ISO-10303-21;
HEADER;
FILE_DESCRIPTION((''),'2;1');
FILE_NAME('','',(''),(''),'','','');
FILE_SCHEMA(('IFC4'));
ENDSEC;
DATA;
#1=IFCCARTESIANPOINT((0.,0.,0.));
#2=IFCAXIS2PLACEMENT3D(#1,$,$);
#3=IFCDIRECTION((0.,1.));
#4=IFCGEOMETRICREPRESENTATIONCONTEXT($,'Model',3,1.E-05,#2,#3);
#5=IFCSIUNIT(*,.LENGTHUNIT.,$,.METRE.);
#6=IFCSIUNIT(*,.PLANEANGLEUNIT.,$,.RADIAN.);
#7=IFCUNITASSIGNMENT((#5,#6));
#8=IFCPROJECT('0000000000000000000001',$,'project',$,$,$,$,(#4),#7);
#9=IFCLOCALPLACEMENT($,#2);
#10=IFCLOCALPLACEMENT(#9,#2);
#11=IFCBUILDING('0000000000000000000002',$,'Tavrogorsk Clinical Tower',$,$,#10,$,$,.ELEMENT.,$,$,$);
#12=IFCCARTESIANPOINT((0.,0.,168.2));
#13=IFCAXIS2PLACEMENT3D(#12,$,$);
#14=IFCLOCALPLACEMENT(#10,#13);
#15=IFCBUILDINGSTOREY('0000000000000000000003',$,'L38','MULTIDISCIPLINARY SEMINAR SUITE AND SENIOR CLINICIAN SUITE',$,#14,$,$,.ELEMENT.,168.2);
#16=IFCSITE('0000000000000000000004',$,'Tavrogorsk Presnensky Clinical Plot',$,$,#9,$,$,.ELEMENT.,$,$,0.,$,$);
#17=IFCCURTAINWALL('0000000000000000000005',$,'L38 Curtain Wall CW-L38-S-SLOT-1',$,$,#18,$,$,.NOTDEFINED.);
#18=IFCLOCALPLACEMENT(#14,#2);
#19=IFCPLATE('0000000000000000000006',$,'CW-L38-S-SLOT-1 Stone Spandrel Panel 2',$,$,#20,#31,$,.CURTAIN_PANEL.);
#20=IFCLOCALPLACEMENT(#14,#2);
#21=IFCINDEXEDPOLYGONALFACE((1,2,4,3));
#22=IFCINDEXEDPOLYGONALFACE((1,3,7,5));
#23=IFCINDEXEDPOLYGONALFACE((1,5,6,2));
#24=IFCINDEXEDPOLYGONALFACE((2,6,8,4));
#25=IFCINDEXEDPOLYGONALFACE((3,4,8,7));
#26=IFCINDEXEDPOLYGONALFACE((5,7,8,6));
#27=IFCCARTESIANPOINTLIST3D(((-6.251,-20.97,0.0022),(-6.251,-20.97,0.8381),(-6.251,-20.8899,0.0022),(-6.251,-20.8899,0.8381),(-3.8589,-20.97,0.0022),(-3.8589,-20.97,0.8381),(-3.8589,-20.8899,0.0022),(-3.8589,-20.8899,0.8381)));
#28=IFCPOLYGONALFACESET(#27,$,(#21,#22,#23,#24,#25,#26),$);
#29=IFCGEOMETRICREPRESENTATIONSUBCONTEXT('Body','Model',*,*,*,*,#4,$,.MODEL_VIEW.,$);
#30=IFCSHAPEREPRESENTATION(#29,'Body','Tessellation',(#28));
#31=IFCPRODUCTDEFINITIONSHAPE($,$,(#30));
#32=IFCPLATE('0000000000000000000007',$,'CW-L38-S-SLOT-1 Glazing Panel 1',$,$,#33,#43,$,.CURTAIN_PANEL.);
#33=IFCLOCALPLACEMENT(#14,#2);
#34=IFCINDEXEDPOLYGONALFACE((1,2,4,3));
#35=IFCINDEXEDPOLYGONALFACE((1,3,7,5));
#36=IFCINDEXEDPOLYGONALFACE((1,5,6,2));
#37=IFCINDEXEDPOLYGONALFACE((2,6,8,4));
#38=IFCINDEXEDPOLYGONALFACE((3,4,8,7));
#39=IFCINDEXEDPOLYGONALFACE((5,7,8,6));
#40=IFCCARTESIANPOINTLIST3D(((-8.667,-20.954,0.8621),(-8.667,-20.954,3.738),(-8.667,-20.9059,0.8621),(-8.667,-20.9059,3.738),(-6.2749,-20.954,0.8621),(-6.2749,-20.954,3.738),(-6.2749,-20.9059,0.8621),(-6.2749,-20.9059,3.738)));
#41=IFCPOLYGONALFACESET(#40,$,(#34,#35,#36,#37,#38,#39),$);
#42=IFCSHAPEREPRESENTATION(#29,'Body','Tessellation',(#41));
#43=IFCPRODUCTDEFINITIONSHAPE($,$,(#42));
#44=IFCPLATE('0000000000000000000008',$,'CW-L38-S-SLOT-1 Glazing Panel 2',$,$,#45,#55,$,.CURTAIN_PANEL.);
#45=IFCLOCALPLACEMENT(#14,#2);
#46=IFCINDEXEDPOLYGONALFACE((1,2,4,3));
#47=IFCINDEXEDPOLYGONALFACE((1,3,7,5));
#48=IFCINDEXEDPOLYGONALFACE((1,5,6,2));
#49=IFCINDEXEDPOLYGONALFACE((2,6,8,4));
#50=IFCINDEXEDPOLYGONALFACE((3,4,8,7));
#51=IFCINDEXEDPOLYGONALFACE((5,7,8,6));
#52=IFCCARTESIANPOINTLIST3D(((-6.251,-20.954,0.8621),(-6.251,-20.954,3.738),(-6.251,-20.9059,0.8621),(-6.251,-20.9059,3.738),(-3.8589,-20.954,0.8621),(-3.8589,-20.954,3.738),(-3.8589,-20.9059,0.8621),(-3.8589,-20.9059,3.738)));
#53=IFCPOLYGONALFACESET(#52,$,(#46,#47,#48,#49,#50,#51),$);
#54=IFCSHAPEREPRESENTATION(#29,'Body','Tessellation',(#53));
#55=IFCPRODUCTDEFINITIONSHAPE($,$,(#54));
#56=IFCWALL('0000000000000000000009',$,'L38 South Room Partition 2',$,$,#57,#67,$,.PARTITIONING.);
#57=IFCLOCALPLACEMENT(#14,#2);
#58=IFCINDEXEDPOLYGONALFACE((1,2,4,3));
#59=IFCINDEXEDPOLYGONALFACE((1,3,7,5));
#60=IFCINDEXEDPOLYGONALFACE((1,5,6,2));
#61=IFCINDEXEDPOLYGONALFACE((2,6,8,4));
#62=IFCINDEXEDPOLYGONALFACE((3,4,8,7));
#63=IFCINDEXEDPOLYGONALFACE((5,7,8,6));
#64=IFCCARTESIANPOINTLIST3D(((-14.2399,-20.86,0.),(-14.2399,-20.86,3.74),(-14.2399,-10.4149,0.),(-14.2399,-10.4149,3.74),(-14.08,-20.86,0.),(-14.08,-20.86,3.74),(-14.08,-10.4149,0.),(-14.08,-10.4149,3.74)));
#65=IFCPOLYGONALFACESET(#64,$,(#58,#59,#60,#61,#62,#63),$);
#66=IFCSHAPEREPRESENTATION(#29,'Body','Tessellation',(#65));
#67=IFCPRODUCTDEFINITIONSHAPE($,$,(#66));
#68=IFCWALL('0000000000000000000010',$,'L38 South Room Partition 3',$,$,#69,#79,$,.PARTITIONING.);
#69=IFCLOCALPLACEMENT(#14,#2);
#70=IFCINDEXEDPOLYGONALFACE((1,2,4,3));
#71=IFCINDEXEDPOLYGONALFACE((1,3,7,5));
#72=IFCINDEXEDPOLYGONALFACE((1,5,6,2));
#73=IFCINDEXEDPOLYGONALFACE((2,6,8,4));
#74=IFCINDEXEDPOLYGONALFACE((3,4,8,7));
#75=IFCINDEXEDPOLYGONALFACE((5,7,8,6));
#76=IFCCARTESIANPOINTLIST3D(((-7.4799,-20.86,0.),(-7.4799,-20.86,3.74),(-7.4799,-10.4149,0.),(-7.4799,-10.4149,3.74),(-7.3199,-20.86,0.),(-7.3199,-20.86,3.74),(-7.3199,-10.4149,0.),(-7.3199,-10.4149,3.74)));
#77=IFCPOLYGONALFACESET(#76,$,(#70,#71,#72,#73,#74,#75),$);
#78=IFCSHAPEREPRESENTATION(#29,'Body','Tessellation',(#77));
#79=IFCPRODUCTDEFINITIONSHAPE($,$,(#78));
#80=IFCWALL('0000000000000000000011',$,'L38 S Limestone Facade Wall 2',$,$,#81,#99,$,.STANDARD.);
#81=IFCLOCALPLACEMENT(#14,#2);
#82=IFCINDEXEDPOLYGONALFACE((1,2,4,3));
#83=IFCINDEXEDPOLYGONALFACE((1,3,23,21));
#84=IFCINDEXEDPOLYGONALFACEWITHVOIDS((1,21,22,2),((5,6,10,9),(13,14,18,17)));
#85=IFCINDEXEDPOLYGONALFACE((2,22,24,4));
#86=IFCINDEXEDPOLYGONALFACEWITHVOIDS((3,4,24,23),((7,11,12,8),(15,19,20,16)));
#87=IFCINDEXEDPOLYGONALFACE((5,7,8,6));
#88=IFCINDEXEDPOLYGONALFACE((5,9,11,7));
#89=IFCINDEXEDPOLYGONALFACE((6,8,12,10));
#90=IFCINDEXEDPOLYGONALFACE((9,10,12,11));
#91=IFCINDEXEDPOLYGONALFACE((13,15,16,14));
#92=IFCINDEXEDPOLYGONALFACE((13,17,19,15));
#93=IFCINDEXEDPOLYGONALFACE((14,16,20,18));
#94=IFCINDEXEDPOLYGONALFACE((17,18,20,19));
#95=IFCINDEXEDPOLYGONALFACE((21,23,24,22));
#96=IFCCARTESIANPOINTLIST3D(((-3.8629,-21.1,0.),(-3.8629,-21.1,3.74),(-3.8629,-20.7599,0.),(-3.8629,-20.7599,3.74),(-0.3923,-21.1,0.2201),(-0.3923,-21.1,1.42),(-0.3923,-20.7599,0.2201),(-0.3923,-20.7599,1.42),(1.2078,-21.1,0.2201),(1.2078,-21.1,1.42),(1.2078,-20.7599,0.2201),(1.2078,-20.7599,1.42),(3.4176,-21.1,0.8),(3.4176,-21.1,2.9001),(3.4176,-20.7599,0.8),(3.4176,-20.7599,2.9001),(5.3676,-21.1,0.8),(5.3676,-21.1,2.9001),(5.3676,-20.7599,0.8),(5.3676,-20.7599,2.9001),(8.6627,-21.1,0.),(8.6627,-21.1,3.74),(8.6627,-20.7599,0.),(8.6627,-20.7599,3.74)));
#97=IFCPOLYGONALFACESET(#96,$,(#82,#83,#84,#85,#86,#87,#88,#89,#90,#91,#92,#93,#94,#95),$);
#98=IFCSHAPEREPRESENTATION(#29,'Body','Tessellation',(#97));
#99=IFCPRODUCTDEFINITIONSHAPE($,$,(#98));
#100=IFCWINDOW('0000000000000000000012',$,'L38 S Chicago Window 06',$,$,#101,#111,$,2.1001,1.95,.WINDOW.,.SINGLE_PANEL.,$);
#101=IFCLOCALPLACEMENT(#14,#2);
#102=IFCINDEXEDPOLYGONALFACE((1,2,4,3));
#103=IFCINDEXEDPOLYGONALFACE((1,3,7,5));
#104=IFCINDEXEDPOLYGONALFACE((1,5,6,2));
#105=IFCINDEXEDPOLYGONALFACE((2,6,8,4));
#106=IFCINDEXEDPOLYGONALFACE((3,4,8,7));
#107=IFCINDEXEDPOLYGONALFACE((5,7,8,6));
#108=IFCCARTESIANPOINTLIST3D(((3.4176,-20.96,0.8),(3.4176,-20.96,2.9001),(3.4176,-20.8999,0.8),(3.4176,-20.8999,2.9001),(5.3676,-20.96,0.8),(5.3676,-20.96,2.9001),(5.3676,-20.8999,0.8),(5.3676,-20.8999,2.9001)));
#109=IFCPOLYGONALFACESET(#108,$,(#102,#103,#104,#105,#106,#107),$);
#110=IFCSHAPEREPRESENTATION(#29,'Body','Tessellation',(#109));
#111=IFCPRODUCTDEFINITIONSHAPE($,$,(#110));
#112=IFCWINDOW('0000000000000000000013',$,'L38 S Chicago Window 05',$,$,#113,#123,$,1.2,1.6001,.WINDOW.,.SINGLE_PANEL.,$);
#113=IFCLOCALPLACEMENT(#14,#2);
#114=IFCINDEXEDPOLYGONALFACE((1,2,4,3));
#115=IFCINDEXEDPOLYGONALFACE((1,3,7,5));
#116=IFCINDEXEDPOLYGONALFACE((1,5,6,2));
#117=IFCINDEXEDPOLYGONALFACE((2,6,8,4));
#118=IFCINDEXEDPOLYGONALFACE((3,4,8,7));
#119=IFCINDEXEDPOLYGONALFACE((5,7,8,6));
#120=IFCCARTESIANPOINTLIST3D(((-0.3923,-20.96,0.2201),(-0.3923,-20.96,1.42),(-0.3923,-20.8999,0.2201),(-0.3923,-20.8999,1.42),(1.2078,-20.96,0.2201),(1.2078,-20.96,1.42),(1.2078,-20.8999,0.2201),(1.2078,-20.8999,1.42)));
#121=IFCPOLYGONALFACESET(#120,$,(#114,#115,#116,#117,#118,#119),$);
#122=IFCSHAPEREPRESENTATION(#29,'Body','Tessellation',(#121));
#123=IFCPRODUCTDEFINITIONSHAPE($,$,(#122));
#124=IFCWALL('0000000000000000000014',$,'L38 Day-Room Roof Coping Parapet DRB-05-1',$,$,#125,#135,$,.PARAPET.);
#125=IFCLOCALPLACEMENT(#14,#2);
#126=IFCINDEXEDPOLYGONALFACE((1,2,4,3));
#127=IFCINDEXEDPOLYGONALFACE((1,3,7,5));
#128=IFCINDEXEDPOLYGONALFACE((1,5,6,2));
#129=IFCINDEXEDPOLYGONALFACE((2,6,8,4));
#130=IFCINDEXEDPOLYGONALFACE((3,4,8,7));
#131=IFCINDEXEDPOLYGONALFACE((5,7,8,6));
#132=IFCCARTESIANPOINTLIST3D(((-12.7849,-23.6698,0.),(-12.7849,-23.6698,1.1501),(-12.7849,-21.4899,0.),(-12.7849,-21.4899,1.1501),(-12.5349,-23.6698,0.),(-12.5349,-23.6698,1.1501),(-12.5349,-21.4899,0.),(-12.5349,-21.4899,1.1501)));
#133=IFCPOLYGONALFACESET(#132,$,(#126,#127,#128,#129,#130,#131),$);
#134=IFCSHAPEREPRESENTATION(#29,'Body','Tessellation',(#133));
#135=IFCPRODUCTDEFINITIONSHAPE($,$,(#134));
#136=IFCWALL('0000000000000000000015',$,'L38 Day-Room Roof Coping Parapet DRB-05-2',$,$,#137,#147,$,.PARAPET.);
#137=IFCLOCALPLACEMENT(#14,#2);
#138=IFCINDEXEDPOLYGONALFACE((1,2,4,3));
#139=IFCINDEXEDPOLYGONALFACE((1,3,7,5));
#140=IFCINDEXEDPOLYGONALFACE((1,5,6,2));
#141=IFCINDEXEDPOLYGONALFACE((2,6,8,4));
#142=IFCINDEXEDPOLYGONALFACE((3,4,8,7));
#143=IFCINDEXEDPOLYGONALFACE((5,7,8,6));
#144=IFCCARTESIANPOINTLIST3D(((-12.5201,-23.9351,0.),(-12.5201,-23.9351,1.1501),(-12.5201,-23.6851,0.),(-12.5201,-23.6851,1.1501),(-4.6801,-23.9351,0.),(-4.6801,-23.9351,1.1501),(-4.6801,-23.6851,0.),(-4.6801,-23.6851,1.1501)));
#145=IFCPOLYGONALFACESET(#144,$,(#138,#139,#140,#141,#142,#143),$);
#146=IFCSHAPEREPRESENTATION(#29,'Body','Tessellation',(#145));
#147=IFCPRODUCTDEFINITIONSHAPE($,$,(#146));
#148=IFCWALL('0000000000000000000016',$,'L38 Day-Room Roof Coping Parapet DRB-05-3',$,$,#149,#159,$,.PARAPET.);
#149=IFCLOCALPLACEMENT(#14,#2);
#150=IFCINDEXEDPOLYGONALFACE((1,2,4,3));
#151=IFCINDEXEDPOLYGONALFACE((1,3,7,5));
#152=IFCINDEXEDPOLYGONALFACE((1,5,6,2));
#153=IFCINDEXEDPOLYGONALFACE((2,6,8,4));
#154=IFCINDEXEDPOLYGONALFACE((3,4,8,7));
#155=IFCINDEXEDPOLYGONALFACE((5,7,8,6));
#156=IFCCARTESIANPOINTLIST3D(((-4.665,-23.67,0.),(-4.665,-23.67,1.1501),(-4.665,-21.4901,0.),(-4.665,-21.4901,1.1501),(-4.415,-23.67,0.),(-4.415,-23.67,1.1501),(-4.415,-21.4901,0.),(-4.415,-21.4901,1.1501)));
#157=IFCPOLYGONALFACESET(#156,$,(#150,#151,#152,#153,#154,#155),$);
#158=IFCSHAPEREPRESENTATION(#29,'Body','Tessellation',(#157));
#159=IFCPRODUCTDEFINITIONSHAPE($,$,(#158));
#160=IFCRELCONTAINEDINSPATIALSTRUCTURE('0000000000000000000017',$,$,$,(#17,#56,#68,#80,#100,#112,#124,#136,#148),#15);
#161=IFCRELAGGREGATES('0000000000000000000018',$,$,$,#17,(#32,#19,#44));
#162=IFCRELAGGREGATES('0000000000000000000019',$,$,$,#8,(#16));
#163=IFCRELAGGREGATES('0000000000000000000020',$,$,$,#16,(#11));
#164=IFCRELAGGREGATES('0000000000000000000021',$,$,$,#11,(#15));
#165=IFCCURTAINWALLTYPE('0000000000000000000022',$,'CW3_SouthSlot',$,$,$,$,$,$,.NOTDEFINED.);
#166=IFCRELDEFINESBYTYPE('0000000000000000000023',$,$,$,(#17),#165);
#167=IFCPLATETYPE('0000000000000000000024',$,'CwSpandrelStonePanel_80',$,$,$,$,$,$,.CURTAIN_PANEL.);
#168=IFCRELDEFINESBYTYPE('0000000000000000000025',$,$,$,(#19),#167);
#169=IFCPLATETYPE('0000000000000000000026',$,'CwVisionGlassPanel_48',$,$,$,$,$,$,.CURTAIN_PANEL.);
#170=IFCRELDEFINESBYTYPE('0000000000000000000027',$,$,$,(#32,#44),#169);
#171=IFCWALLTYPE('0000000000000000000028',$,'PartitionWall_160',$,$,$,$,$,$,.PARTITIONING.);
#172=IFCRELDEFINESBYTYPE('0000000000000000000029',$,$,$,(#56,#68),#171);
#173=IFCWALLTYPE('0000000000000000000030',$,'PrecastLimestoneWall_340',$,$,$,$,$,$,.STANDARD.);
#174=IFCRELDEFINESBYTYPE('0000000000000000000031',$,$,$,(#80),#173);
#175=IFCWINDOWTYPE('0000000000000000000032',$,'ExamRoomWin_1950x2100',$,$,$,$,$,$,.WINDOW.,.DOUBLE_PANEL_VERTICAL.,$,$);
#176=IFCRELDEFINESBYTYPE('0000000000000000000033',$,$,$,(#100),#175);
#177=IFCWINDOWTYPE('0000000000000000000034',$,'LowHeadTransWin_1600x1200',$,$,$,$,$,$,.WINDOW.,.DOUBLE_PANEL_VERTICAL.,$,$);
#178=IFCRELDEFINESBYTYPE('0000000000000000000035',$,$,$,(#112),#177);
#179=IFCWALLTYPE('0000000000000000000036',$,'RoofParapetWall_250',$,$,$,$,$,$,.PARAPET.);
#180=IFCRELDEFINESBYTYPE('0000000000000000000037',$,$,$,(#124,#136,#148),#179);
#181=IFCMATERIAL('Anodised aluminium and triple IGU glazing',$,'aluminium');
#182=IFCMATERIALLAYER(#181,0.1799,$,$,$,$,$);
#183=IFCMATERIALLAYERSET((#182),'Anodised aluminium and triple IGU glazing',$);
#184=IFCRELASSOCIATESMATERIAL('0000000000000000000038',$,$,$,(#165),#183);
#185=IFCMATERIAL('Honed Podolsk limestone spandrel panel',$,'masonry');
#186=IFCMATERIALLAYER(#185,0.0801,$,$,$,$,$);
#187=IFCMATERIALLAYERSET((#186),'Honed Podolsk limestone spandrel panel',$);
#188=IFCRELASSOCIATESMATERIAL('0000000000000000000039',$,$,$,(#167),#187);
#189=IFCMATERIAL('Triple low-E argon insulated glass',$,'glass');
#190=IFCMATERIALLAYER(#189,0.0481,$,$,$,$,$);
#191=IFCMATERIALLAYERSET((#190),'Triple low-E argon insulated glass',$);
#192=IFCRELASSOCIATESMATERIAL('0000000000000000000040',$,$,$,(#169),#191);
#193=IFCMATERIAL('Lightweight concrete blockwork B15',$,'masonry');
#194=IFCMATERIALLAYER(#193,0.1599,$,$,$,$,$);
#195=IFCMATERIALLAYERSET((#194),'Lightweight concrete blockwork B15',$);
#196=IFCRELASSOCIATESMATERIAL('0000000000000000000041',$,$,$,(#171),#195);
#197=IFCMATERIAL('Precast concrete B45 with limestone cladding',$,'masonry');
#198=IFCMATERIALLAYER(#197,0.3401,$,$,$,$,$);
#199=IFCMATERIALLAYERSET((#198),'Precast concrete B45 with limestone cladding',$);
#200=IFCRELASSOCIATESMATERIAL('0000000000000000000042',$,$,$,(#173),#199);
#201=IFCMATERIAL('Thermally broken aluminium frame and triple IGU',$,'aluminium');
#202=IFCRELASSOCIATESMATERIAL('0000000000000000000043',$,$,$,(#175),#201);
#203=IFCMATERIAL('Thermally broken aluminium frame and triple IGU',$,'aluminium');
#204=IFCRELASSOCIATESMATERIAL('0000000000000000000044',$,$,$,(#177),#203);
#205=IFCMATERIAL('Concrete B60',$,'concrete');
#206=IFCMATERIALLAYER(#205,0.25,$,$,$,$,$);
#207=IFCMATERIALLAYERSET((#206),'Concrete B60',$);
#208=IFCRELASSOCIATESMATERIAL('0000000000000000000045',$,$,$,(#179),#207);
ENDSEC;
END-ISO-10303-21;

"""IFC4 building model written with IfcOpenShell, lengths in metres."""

from ifc_helpers import new_model, si_unit, direction, frame, frame_2d, origin, origin_2d, place, context, subcontext, project, spatial, rectangle, extrude, material, layer, layer_set, type_object, element, fill, aggregate, save


model = new_model("IFC4")

# Units and contexts
model_context = context("Model", 3, precision=1e-05, world=origin(), true_north=direction((0.0, 1.0)))
body_context = subcontext(model_context, "Body", "Model", "MODEL_VIEW")
ifc_project = project(units=[si_unit("LENGTHUNIT", "METRE"), si_unit("PLANEANGLEUNIT", "RADIAN")], contexts=[model_context])

# Site, building, storey
site_placement = place(None, origin())
site = spatial("IfcSite", under=ifc_project, at=site_placement, Name="Tavrogorsk Presnensky Clinical Plot", CompositionType="ELEMENT", RefElevation=0.0)
building_placement = place(site_placement, origin())
building = spatial("IfcBuilding", under=site, at=building_placement, Name="Tavrogorsk Clinical Tower", CompositionType="ELEMENT")
storey_placement = place(building_placement, frame((0.0, 0.0, 168.2)))
storey = spatial("IfcBuildingStorey", under=building, at=storey_placement, Name="L38", Description="MULTIDISCIPLINARY SEMINAR SUITE AND SENIOR CLINICIAN SUITE", CompositionType="ELEMENT", Elevation=168.2)

# Curtain wall
ifc_material_1 = material(Name="Anodised aluminium and triple IGU glazing", Category="aluminium")
ifc_layer_1 = layer(ifc_material_1, 0.1799)
ifc_layer_set_1 = layer_set([ifc_layer_1], Name="Anodised aluminium and triple IGU glazing")
curtain_wall_type = type_object("IfcCurtainWallType", Name="CW3_SouthSlot", PredefinedType="NOTDEFINED", material=ifc_layer_set_1)
curtain_wall_placement = place(storey_placement, origin())
curtain_wall = element("IfcCurtainWall", 1, at=curtain_wall_placement, inside=storey, type_object=curtain_wall_type, Name="L38 Curtain Wall CW-L38-S-SLOT-1", PredefinedType="NOTDEFINED")

# Plates
ifc_material_2 = material(Name="Honed Podolsk limestone spandrel panel", Category="masonry")
ifc_layer_2 = layer(ifc_material_2, 0.0801)
ifc_layer_set_2 = layer_set([ifc_layer_2], Name="Honed Podolsk limestone spandrel panel")
plate_type_1 = type_object("IfcPlateType", Name="CwSpandrelStonePanel_80", PredefinedType="CURTAIN_PANEL", material=ifc_layer_set_2)
plate_1_placement = place(storey_placement, frame((-5.0549, -20.9299, 0.0022), z_axis=(0.0, 0.0, 1.0), x_axis=(1.0, 0.0, 0.0)))
plate_1 = element("IfcPlate", 2, at=plate_1_placement, type_object=plate_type_1, Name="CW-L38-S-SLOT-1 Stone Spandrel Panel 2", PredefinedType="CURTAIN_PANEL", context=body_context, shape_type="SweptSolid", body=[
    extrude(rectangle(XDim=2.3921, YDim=0.0801, at=origin_2d()), origin(), (0.0, 0.0, 1.0), 0.8359),
])
ifc_material_3 = material(Name="Triple low-E argon insulated glass", Category="glass")
ifc_layer_3 = layer(ifc_material_3, 0.0481)
ifc_layer_set_3 = layer_set([ifc_layer_3], Name="Triple low-E argon insulated glass")
plate_type_2 = type_object("IfcPlateType", Name="CwVisionGlassPanel_48", PredefinedType="CURTAIN_PANEL", material=ifc_layer_set_3)
plate_2_placement = place(storey_placement, frame((-7.4709, -20.9299, 0.8621), z_axis=(0.0, 0.0, 1.0), x_axis=(1.0, 0.0, 0.0)))
plate_2 = element("IfcPlate", 3, at=plate_2_placement, type_object=plate_type_2, Name="CW-L38-S-SLOT-1 Glazing Panel 1", PredefinedType="CURTAIN_PANEL", context=body_context, shape_type="SweptSolid", body=[
    extrude(rectangle(XDim=2.3921, YDim=0.0481, at=origin_2d()), origin(), (0.0, 0.0, 1.0), 2.876),
])
plate_3_placement = place(storey_placement, frame((-5.0549, -20.9299, 0.8621), z_axis=(0.0, 0.0, 1.0), x_axis=(1.0, 0.0, 0.0)))
plate_3 = element("IfcPlate", 4, at=plate_3_placement, type_object=plate_type_2, Name="CW-L38-S-SLOT-1 Glazing Panel 2", PredefinedType="CURTAIN_PANEL", context=body_context, shape_type="SweptSolid", body=[
    extrude(rectangle(XDim=2.3921, YDim=0.0481, at=origin_2d()), origin(), (0.0, 0.0, 1.0), 2.876),
])
aggregate(curtain_wall, [plate_2, plate_1, plate_3])

# Walls
ifc_material_4 = material(Name="Lightweight concrete blockwork B15", Category="masonry")
ifc_layer_4 = layer(ifc_material_4, 0.1599)
ifc_layer_set_4 = layer_set([ifc_layer_4], Name="Lightweight concrete blockwork B15")
wall_type_1 = type_object("IfcWallType", Name="PartitionWall_160", PredefinedType="PARTITIONING", material=ifc_layer_set_4)
for number, where, z_axis, x_axis, name in (
    (5, (-14.1599, -20.8601, 0.0), (0.0, 0.0, 1.0), (0.0, 1.0, 0.0), "L38 South Room Partition 2"),
    (6, (-7.3999, -20.8601, 0.0), (0.0, 0.0, 1.0), (0.0, 1.0, 0.0), "L38 South Room Partition 3"),
):
    element("IfcWall", number, at=place(storey_placement, frame(where, z_axis=z_axis, x_axis=x_axis)), inside=storey, type_object=wall_type_1, Name=name, PredefinedType="PARTITIONING", context=body_context, shape_type="SweptSolid", body=[
        extrude(rectangle(XDim=10.4451, YDim=0.1599, at=frame_2d((5.2227, 0.0))), origin(), (0.0, 0.0, 1.0), 3.74),
    ])

# Wall, openings, windows
ifc_material_5 = material(Name="Precast concrete B45 with limestone cladding", Category="masonry")
ifc_layer_5 = layer(ifc_material_5, 0.3401)
ifc_layer_set_5 = layer_set([ifc_layer_5], Name="Precast concrete B45 with limestone cladding")
wall_type_2 = type_object("IfcWallType", Name="PrecastLimestoneWall_340", PredefinedType="STANDARD", material=ifc_layer_set_5)
wall_1_placement = place(storey_placement, frame((-3.8628, -20.9299, 0.0), z_axis=(0.0, 0.0, 1.0), x_axis=(1.0, 0.0, 0.0)))
wall_1 = element("IfcWall", 7, at=wall_1_placement, inside=storey, type_object=wall_type_2, Name="L38 S Limestone Facade Wall 2", PredefinedType="STANDARD", context=body_context, shape_type="SweptSolid", body=[
    extrude(rectangle(XDim=12.5256, YDim=0.3401, at=frame_2d((6.2627, 0.0))), origin(), (0.0, 0.0, 1.0), 3.74),
])
opening_1_placement = place(wall_1_placement, frame((3.4705, 0.0, 0.22)))
opening_1 = element("IfcOpeningElement", 8, at=opening_1_placement, cuts=wall_1, PredefinedType="OPENING", context=body_context, shape_type="SweptSolid", body=[
    extrude(rectangle(XDim=1.6001, YDim=1.2, at=frame_2d((0.8, 0.6001))), frame((0.0, 0.1799, 0.0), z_axis=(0.0, -1.0, 0.0), x_axis=(1.0, 0.0, 0.0)), (0.0, 0.0, 1.0), 0.3601),
])
opening_2_placement = place(wall_1_placement, frame((7.2803, 0.0, 0.8)))
opening_2 = element("IfcOpeningElement", 9, at=opening_2_placement, cuts=wall_1, PredefinedType="OPENING", context=body_context, shape_type="SweptSolid", body=[
    extrude(rectangle(XDim=1.95, YDim=2.1001, at=frame_2d((0.9751, 1.05))), frame((0.0, 0.1799, 0.0), z_axis=(0.0, -1.0, 0.0), x_axis=(1.0, 0.0, 0.0)), (0.0, 0.0, 1.0), 0.3601),
])
ifc_material_6 = material(Name="Thermally broken aluminium frame and triple IGU", Category="aluminium")
window_type_1 = type_object("IfcWindowType", Name="ExamRoomWin_1950x2100", PartitioningType="DOUBLE_PANEL_VERTICAL", PredefinedType="WINDOW", material=ifc_material_6)
window_1_placement = place(opening_2_placement, origin())
window_1 = element("IfcWindow", 10, at=window_1_placement, inside=storey, type_object=window_type_1, Name="L38 S Chicago Window 06", OverallHeight=2.1001, OverallWidth=1.95, PartitioningType="SINGLE_PANEL", PredefinedType="WINDOW", context=body_context, shape_type="SweptSolid", body=[
    extrude(rectangle(XDim=1.95, YDim=2.1001, at=frame_2d((0.9751, 1.05))), frame((0.0, 0.03, 0.0), z_axis=(0.0, -1.0, 0.0), x_axis=(1.0, 0.0, 0.0)), (0.0, 0.0, 1.0), 0.0601),
])
fill(opening_2, window_1)
ifc_material_7 = material(Name="Thermally broken aluminium frame and triple IGU", Category="aluminium")
window_type_2 = type_object("IfcWindowType", Name="LowHeadTransWin_1600x1200", PartitioningType="DOUBLE_PANEL_VERTICAL", PredefinedType="WINDOW", material=ifc_material_7)
window_2_placement = place(opening_1_placement, origin())
window_2 = element("IfcWindow", 11, at=window_2_placement, inside=storey, type_object=window_type_2, Name="L38 S Chicago Window 05", OverallHeight=1.2, OverallWidth=1.6001, PartitioningType="SINGLE_PANEL", PredefinedType="WINDOW", context=body_context, shape_type="SweptSolid", body=[
    extrude(rectangle(XDim=1.6001, YDim=1.2, at=frame_2d((0.8, 0.6001))), frame((0.0, 0.03, 0.0), z_axis=(0.0, -1.0, 0.0), x_axis=(1.0, 0.0, 0.0)), (0.0, 0.0, 1.0), 0.0601),
])
fill(opening_1, window_2)

# Walls
ifc_material_8 = material(Name="Concrete B60", Category="concrete")
ifc_layer_6 = layer(ifc_material_8, 0.25)
ifc_layer_set_6 = layer_set([ifc_layer_6], Name="Concrete B60")
wall_type_3 = type_object("IfcWallType", Name="RoofParapetWall_250", PredefinedType="PARAPET", material=ifc_layer_set_6)
wall_2_placement = place(storey_placement, frame((-12.6599, -21.49, 0.0), z_axis=(0.0, 0.0, 1.0), x_axis=(0.0, -1.0, 0.0)))
element("IfcWall", 12, at=wall_2_placement, inside=storey, type_object=wall_type_3, Name="L38 Day-Room Roof Coping Parapet DRB-05-1", PredefinedType="PARAPET", context=body_context, shape_type="SweptSolid", body=[
    extrude(rectangle(XDim=2.1799, YDim=0.25, at=frame_2d((1.0898, 0.0))), origin(), (0.0, 0.0, 1.0), 1.1501),
])
wall_3_placement = place(storey_placement, frame((-12.52, -23.8101, 0.0), z_axis=(0.0, 0.0, 1.0), x_axis=(1.0, 0.0, 0.0)))
element("IfcWall", 13, at=wall_3_placement, inside=storey, type_object=wall_type_3, Name="L38 Day-Room Roof Coping Parapet DRB-05-2", PredefinedType="PARAPET", context=body_context, shape_type="SweptSolid", body=[
    extrude(rectangle(XDim=7.8401, YDim=0.25, at=frame_2d((3.9199, 0.0))), origin(), (0.0, 0.0, 1.0), 1.1501),
])
wall_4_placement = place(storey_placement, frame((-4.54, -23.6699, 0.0), z_axis=(0.0, 0.0, 1.0), x_axis=(0.0, 1.0, 0.0)))
element("IfcWall", 14, at=wall_4_placement, inside=storey, type_object=wall_type_3, Name="L38 Day-Room Roof Coping Parapet DRB-05-3", PredefinedType="PARAPET", context=body_context, shape_type="SweptSolid", body=[
    extrude(rectangle(XDim=2.1799, YDim=0.25, at=frame_2d((1.0898, 0.0))), origin(), (0.0, 0.0, 1.0), 1.1501),
])

save(model, "model.ifc")
